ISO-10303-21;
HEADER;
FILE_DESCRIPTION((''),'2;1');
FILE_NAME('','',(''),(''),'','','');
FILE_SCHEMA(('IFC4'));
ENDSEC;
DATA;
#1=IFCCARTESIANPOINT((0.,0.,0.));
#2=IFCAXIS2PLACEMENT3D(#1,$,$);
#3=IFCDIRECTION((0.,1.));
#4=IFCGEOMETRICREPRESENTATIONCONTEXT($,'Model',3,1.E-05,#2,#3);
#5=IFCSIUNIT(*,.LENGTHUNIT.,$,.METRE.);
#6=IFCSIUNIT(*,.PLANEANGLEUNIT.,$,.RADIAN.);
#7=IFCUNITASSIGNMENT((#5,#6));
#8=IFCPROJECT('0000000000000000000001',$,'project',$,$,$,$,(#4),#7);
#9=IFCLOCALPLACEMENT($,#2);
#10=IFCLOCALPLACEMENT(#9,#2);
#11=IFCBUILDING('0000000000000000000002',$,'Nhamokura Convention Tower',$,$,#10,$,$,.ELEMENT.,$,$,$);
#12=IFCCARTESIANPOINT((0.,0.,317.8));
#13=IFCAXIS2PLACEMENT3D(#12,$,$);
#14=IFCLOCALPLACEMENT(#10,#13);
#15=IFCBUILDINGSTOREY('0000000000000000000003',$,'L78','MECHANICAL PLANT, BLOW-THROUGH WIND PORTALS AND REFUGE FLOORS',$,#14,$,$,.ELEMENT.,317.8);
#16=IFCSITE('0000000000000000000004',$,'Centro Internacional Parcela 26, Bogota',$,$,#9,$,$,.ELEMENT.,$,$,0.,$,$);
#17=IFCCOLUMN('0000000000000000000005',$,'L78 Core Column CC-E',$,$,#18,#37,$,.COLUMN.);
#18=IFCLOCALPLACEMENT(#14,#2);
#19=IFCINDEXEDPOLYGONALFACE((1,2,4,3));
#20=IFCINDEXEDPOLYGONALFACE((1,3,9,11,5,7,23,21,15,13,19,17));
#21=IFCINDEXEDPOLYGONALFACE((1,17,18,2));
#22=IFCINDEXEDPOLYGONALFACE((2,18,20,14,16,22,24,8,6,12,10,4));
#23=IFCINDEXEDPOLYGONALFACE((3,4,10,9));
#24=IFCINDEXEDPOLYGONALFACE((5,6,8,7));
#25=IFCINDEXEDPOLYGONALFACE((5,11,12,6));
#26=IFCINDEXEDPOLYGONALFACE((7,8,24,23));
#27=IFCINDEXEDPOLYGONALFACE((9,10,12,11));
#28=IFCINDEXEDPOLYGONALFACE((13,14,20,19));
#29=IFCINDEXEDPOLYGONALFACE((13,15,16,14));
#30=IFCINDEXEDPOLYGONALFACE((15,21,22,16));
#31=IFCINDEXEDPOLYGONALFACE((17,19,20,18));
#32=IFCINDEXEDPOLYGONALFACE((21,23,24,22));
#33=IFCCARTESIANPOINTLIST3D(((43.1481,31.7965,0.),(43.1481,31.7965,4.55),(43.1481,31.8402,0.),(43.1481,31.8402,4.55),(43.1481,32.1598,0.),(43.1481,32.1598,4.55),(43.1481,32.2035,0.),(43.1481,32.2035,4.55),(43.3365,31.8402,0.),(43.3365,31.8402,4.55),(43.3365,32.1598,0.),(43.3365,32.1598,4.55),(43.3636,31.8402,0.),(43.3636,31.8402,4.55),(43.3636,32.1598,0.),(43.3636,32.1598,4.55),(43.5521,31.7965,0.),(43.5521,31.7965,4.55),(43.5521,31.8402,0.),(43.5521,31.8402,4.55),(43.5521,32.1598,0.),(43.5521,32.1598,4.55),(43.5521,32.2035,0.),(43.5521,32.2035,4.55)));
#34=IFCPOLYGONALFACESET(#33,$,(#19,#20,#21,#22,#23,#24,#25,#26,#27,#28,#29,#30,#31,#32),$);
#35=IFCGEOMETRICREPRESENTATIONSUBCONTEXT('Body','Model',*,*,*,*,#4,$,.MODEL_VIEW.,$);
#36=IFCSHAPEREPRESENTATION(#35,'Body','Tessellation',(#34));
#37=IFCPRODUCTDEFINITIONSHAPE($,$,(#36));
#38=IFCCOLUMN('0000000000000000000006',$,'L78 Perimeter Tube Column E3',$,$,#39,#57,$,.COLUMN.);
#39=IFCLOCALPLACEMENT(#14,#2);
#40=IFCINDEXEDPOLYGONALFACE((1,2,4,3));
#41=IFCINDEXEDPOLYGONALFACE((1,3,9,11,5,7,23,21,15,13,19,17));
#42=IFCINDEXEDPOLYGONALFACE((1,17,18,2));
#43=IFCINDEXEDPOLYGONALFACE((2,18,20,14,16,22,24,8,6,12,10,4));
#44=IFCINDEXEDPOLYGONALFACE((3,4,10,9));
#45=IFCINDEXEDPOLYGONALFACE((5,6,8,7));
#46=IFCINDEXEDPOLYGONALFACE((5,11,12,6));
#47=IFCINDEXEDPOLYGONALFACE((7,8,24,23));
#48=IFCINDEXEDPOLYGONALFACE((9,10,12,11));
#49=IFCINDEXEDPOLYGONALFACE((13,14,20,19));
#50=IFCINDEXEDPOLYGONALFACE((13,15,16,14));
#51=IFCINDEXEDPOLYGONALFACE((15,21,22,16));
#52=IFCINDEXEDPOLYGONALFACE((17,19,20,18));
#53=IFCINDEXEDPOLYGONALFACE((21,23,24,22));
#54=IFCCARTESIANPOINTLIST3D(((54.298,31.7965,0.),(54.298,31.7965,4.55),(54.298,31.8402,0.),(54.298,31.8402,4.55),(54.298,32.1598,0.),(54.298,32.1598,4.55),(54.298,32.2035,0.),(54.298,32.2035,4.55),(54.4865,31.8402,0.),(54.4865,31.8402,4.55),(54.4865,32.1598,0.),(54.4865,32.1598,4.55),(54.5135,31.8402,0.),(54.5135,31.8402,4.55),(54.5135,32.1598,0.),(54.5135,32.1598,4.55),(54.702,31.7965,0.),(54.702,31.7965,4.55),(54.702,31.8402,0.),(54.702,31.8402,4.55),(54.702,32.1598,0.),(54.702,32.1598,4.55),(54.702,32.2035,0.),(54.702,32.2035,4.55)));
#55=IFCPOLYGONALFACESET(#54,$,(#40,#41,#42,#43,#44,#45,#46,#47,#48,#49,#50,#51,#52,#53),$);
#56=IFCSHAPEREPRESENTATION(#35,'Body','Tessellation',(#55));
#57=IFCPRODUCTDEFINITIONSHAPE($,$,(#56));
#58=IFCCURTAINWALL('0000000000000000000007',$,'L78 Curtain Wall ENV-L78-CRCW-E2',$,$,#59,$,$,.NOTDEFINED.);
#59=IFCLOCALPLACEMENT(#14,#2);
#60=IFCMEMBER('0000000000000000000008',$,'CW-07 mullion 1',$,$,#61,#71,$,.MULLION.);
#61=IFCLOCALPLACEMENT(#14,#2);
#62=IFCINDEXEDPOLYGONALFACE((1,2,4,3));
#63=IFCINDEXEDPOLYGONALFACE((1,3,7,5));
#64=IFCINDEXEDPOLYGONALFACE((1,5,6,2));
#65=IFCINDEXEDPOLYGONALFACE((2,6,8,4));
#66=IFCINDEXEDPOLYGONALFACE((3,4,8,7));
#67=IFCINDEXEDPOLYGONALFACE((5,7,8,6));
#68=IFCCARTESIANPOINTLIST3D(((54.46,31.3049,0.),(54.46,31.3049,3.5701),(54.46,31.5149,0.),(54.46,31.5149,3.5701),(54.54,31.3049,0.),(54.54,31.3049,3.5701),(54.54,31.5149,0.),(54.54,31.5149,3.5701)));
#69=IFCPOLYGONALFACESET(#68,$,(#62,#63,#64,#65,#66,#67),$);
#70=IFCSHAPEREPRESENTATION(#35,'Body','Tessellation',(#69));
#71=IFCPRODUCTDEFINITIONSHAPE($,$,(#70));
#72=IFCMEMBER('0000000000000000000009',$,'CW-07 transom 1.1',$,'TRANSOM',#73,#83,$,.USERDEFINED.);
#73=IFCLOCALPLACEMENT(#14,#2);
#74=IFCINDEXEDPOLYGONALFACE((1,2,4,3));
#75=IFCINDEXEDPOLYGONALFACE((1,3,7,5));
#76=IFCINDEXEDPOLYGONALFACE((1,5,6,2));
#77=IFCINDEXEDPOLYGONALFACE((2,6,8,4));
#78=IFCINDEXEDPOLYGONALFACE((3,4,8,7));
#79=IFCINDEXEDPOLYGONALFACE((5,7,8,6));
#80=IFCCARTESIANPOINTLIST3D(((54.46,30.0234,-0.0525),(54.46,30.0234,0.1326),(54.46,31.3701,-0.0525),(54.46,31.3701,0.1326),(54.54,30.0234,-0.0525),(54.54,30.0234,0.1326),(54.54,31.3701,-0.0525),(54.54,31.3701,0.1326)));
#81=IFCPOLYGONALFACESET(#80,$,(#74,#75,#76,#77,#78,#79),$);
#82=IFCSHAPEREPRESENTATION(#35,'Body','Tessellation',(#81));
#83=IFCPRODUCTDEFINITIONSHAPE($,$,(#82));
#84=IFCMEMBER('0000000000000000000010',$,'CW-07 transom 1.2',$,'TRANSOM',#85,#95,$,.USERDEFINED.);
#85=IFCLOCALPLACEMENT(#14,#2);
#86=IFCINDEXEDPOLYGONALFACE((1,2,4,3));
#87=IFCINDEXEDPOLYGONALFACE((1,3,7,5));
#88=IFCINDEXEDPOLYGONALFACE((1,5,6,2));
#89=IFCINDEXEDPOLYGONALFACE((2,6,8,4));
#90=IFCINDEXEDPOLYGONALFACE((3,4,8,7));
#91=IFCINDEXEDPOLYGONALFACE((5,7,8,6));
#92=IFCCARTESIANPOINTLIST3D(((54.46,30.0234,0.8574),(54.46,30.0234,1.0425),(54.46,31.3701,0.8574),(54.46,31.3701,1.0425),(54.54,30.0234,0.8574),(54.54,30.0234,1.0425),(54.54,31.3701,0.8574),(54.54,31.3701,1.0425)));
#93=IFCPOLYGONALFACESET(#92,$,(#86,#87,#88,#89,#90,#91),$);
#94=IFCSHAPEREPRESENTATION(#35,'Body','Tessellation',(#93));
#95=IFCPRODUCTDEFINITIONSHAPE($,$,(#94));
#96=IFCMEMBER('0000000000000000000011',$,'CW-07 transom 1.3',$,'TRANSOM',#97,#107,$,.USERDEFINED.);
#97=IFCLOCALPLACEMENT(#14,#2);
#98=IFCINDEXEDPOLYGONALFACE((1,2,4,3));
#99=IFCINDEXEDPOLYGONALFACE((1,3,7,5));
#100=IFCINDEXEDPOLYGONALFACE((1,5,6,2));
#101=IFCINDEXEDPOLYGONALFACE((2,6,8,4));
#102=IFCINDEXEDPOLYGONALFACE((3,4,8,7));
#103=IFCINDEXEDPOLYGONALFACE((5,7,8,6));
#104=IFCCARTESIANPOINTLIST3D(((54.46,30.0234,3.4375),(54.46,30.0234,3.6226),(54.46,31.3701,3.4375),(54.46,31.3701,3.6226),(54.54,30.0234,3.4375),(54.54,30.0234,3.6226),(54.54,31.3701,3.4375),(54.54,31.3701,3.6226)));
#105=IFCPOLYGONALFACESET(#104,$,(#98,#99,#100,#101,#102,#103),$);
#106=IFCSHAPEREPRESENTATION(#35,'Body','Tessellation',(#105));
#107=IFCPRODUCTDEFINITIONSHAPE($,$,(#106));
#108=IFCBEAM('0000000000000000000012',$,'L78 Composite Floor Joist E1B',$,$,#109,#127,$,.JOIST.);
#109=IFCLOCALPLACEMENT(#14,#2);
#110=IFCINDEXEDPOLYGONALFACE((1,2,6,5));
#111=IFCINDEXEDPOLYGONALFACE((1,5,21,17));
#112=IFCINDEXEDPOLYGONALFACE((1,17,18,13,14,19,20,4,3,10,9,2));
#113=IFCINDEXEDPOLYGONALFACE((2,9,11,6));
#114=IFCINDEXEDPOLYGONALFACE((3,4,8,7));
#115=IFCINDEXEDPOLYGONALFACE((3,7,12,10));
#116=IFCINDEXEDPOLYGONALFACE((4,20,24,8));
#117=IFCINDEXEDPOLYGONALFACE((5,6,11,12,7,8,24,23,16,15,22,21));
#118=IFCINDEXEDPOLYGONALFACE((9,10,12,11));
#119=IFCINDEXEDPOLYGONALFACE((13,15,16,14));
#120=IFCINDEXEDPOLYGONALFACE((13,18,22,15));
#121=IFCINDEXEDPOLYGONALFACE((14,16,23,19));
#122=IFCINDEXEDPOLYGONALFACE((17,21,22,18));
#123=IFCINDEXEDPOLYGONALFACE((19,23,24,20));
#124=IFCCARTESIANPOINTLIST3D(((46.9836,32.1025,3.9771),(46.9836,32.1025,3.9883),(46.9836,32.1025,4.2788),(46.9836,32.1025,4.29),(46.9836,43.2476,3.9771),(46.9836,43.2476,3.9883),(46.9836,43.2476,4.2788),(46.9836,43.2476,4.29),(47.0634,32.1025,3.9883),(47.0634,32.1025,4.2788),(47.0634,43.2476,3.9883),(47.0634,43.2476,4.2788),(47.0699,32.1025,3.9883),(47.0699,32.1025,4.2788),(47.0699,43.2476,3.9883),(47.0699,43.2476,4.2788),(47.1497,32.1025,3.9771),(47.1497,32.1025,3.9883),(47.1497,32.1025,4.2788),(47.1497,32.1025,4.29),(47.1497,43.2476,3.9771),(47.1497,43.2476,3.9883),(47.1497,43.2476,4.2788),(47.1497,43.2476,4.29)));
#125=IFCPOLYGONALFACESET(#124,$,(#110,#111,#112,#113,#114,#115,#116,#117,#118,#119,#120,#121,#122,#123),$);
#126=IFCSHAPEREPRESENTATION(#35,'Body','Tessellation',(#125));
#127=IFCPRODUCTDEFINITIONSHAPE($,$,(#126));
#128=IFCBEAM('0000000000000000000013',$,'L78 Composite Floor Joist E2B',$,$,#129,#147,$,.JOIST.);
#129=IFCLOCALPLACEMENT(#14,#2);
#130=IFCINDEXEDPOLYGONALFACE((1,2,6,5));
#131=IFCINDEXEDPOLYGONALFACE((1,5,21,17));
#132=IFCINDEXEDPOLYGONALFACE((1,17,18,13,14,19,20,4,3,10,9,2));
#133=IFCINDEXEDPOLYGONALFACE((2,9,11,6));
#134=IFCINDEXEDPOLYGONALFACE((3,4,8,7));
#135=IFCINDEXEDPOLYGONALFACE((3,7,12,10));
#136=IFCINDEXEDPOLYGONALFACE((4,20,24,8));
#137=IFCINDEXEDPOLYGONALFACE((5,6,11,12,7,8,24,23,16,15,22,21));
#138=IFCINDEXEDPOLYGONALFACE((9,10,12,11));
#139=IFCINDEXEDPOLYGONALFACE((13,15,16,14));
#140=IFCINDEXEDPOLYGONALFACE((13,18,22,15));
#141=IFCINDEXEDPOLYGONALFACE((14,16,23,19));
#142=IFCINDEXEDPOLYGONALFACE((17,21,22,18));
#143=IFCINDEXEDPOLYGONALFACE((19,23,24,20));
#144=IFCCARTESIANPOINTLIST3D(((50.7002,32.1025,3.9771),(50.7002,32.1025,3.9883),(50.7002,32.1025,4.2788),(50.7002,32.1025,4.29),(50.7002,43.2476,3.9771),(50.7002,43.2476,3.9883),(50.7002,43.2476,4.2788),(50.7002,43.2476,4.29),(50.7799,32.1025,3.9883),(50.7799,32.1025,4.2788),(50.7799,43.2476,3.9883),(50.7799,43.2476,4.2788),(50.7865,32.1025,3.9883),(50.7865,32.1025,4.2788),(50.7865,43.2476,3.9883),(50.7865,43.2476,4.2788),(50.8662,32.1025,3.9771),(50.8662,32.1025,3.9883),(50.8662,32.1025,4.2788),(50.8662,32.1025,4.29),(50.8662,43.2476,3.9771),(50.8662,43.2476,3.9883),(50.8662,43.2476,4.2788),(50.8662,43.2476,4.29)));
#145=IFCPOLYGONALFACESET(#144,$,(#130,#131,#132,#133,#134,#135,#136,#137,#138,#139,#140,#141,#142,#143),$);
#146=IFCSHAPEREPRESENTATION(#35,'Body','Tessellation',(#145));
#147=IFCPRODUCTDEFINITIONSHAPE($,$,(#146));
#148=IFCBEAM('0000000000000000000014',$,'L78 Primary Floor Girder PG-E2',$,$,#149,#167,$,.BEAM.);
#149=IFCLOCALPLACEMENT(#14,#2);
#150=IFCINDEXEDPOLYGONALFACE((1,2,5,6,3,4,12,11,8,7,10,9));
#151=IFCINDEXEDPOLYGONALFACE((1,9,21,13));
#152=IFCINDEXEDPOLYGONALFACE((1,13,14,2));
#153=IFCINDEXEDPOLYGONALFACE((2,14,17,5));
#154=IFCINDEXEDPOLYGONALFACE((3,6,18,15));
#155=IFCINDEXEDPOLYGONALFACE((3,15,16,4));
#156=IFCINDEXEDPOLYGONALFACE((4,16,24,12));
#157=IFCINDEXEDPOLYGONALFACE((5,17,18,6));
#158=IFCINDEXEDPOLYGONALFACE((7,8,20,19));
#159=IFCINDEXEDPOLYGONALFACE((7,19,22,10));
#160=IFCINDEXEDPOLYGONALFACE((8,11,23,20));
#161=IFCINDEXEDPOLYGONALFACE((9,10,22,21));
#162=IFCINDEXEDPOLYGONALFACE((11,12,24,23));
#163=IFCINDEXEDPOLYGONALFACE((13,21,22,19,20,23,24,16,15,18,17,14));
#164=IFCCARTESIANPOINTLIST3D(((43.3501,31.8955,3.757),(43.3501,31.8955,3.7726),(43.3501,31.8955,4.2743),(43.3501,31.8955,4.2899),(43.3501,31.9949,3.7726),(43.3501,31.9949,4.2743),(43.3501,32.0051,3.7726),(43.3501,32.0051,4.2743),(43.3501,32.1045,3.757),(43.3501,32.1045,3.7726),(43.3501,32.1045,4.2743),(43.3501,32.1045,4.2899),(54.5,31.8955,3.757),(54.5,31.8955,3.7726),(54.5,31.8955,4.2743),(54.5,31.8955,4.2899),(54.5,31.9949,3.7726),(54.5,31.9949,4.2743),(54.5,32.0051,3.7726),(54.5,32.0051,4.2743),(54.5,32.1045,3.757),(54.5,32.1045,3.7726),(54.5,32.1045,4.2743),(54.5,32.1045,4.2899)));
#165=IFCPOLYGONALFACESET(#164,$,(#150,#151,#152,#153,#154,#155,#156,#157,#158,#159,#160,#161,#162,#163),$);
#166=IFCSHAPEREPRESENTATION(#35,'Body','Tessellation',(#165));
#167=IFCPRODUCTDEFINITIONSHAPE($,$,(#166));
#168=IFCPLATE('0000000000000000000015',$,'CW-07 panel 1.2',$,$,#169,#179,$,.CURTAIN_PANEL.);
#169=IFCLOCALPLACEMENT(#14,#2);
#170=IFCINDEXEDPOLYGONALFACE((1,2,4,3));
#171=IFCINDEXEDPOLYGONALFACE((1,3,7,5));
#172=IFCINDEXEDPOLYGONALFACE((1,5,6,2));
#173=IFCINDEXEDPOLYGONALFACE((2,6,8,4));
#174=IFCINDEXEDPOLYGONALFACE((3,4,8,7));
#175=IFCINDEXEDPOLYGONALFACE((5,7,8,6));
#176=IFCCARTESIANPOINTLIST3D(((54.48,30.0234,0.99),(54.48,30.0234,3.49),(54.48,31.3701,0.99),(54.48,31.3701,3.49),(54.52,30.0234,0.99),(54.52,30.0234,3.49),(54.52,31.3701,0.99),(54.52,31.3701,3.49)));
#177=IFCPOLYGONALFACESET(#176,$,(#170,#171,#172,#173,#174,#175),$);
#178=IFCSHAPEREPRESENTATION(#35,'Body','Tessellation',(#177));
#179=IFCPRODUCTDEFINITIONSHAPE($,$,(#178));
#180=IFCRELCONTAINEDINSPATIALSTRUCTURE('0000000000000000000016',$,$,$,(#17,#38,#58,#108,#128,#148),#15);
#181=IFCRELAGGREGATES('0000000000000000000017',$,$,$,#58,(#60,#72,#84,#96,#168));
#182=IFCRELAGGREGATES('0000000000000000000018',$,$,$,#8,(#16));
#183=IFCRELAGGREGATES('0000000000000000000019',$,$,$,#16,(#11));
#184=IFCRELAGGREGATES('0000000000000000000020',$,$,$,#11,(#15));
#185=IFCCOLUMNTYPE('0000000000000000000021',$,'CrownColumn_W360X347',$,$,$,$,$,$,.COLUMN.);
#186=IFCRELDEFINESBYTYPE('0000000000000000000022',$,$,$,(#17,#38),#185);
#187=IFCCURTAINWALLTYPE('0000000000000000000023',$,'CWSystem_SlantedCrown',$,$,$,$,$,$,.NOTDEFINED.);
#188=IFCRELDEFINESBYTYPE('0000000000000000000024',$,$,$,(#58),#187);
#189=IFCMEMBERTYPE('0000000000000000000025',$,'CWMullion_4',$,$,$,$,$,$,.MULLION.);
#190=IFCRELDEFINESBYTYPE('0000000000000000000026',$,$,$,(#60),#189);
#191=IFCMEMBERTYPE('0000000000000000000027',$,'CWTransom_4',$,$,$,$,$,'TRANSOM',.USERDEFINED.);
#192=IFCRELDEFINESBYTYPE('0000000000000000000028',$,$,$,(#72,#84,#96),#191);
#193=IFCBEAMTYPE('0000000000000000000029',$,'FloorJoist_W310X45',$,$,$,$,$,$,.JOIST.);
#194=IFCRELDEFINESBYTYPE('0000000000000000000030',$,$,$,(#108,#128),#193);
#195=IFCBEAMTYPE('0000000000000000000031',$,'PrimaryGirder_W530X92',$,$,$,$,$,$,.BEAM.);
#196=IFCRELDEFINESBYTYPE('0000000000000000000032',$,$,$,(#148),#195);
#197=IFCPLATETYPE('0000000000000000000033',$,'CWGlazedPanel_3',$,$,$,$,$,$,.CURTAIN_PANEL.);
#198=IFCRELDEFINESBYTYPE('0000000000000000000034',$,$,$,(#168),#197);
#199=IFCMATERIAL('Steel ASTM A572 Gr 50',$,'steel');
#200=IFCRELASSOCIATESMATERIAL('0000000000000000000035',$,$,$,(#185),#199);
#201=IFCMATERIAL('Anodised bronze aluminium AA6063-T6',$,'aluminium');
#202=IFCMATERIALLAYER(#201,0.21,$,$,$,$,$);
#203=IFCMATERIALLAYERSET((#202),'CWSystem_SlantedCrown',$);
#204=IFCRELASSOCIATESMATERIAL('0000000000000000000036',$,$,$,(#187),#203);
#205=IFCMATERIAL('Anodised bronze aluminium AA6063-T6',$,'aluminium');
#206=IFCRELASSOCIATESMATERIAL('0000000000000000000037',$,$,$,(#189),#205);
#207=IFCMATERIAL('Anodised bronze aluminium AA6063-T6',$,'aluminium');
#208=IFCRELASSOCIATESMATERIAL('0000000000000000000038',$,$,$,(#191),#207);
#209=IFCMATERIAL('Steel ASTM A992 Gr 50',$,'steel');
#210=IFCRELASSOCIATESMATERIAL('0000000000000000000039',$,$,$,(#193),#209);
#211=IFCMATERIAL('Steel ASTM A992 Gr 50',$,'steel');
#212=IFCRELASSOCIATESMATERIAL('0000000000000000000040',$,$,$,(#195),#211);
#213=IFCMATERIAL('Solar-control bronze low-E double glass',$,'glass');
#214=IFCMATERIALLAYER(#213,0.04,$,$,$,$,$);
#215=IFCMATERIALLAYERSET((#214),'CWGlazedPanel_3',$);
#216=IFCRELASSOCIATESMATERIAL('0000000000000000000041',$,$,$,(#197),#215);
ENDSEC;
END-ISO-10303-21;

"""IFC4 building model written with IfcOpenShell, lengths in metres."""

from ifc_helpers import new_model, si_unit, direction, frame, origin, origin_2d, place, context, subcontext, project, spatial, rectangle, i_section, extrude, material, layer, layer_set, material_profile, profile_set, type_object, element, aggregate, save


model = new_model("IFC4")

# Units and contexts
model_context = context("Model", 3, precision=1e-05, world=origin(), true_north=direction((0.0, 1.0)))
body_context = subcontext(model_context, "Body", "Model", "MODEL_VIEW")
ifc_project = project(units=[si_unit("LENGTHUNIT", "METRE"), si_unit("PLANEANGLEUNIT", "RADIAN")], contexts=[model_context])

# Site, building, storey
site_placement = place(None, origin())
site = spatial("IfcSite", under=ifc_project, at=site_placement, Name="Centro Internacional Parcela 26, Bogota", CompositionType="ELEMENT", RefElevation=0.0)
building_placement = place(site_placement, origin())
building = spatial("IfcBuilding", under=site, at=building_placement, Name="Nhamokura Convention Tower", CompositionType="ELEMENT")
storey_placement = place(building_placement, frame((0.0, 0.0, 317.8)))
storey = spatial("IfcBuildingStorey", under=building, at=storey_placement, Name="L78", Description="MECHANICAL PLANT, BLOW-THROUGH WIND PORTALS AND REFUGE FLOORS", CompositionType="ELEMENT", Elevation=317.8)

# Columns
ifc_material_1 = material(Name="Steel ASTM A572 Gr 50", Category="steel")
ifc_material_profile_1 = material_profile(ifc_material_1, i_section(OverallWidth=0.4041, OverallDepth=0.407, WebThickness=0.0271, FlangeThickness=0.0437, at=origin_2d()))
ifc_profile_set_1 = profile_set([ifc_material_profile_1], Name="Steel ASTM A572 Gr 50")
column_type = type_object("IfcColumnType", Name="CrownColumn_W360X347", PredefinedType="COLUMN", material=ifc_profile_set_1)
for number, where, z_axis, x_axis, name in (
    (1, (43.3501, 32.0, 0.0), (0.0, 0.0, 1.0), (1.0, 0.0, 0.0), "L78 Core Column CC-E"),
    (2, (54.5, 32.0, 0.0), (0.0, 0.0, 1.0), (1.0, 0.0, 0.0), "L78 Perimeter Tube Column E3"),
):
    element("IfcColumn", number, at=place(storey_placement, frame(where, z_axis=z_axis, x_axis=x_axis)), inside=storey, type_object=column_type, Name=name, PredefinedType="COLUMN", context=body_context, shape_type="SweptSolid", body=[
        extrude(i_section(OverallWidth=0.4041, OverallDepth=0.407, WebThickness=0.0271, FlangeThickness=0.0437, at=origin_2d()), origin(), (0.0, 0.0, 1.0), 4.55),
    ])

# Curtain wall, members
ifc_material_2 = material(Name="Anodised bronze aluminium AA6063-T6", Category="aluminium")
ifc_layer_1 = layer(ifc_material_2, 0.21)
ifc_layer_set_1 = layer_set([ifc_layer_1], Name="CWSystem_SlantedCrown")
curtain_wall_type = type_object("IfcCurtainWallType", Name="CWSystem_SlantedCrown", PredefinedType="NOTDEFINED", material=ifc_layer_set_1)
curtain_wall_placement = place(storey_placement, origin())
curtain_wall = element("IfcCurtainWall", 3, at=curtain_wall_placement, inside=storey, type_object=curtain_wall_type, Name="L78 Curtain Wall ENV-L78-CRCW-E2", PredefinedType="NOTDEFINED")
ifc_material_3 = material(Name="Anodised bronze aluminium AA6063-T6", Category="aluminium")
ifc_material_profile_2 = material_profile(ifc_material_3, rectangle(XDim=0.0801, YDim=0.21, at=origin_2d()))
ifc_profile_set_2 = profile_set([ifc_material_profile_2], Name="Anodised bronze aluminium AA6063-T6")
member_type_1 = type_object("IfcMemberType", Name="CWMullion_4", PredefinedType="MULLION", material=ifc_profile_set_2)
member_1_placement = place(storey_placement, frame((54.5, 31.4099, 0.0), z_axis=(0.0, 0.0, 1.0), x_axis=(1.0, 0.0, 0.0)))
member_1 = element("IfcMember", 4, at=member_1_placement, type_object=member_type_1, Name="CW-07 mullion 1", PredefinedType="MULLION", context=body_context, shape_type="SweptSolid", body=[
    extrude(rectangle(XDim=0.0801, YDim=0.21, at=origin_2d()), origin(), (0.0, 0.0, 1.0), 3.5701),
])
ifc_material_4 = material(Name="Anodised bronze aluminium AA6063-T6", Category="aluminium")
ifc_material_profile_3 = material_profile(ifc_material_4, rectangle(XDim=0.0801, YDim=0.1851, at=origin_2d()))
ifc_profile_set_3 = profile_set([ifc_material_profile_3], Name="Anodised bronze aluminium AA6063-T6")
member_type_2 = type_object("IfcMemberType", Name="CWTransom_4", ElementType="TRANSOM", PredefinedType="USERDEFINED", material=ifc_profile_set_3)
member_2_placement = place(storey_placement, frame((54.5, 31.3701, 0.04), z_axis=(0.0, -1.0, 0.0), x_axis=(1.0, 0.0, 0.0)))
member_2 = element("IfcMember", 5, at=member_2_placement, type_object=member_type_2, Name="CW-07 transom 1.1", ObjectType="TRANSOM", PredefinedType="USERDEFINED", context=body_context, shape_type="SweptSolid", body=[
    extrude(rectangle(XDim=0.0801, YDim=0.1851, at=origin_2d()), origin(), (0.0, 0.0, 1.0), 1.3467),
])
member_3_placement = place(storey_placement, frame((54.5, 31.3701, 0.95), z_axis=(0.0, -1.0, 0.0), x_axis=(1.0, 0.0, 0.0)))
member_3 = element("IfcMember", 6, at=member_3_placement, type_object=member_type_2, Name="CW-07 transom 1.2", ObjectType="TRANSOM", PredefinedType="USERDEFINED", context=body_context, shape_type="SweptSolid", body=[
    extrude(rectangle(XDim=0.0801, YDim=0.1851, at=origin_2d()), origin(), (0.0, 0.0, 1.0), 1.3467),
])
member_4_placement = place(storey_placement, frame((54.5, 31.3701, 3.53), z_axis=(0.0, -1.0, 0.0), x_axis=(1.0, 0.0, 0.0)))
member_4 = element("IfcMember", 7, at=member_4_placement, type_object=member_type_2, Name="CW-07 transom 1.3", ObjectType="TRANSOM", PredefinedType="USERDEFINED", context=body_context, shape_type="SweptSolid", body=[
    extrude(rectangle(XDim=0.0801, YDim=0.1851, at=origin_2d()), origin(), (0.0, 0.0, 1.0), 1.3467),
])

# Beams
ifc_material_5 = material(Name="Steel ASTM A992 Gr 50", Category="steel")
ifc_material_profile_4 = material_profile(ifc_material_5, i_section(OverallWidth=0.166, OverallDepth=0.313, WebThickness=0.0066, FlangeThickness=0.0112, at=origin_2d()))
ifc_profile_set_4 = profile_set([ifc_material_profile_4], Name="Steel ASTM A992 Gr 50")
beam_type_1 = type_object("IfcBeamType", Name="FloorJoist_W310X45", PredefinedType="JOIST", material=ifc_profile_set_4)
for number, where, z_axis, x_axis, name in (
    (8, (47.0667, 32.1025, 4.1335), (0.0, 1.0, 0.0), (-1.0, 0.0, 0.0), "L78 Composite Floor Joist E1B"),
    (9, (50.7832, 32.1025, 4.1335), (0.0, 1.0, 0.0), (-1.0, 0.0, 0.0), "L78 Composite Floor Joist E2B"),
):
    element("IfcBeam", number, at=place(storey_placement, frame(where, z_axis=z_axis, x_axis=x_axis)), inside=storey, type_object=beam_type_1, Name=name, PredefinedType="JOIST", context=body_context, shape_type="SweptSolid", body=[
        extrude(i_section(OverallWidth=0.166, OverallDepth=0.313, WebThickness=0.0066, FlangeThickness=0.0112, at=origin_2d()), origin(), (0.0, 0.0, 1.0), 11.145),
    ])
ifc_material_6 = material(Name="Steel ASTM A992 Gr 50", Category="steel")
ifc_material_profile_5 = material_profile(ifc_material_6, i_section(OverallWidth=0.209, OverallDepth=0.533, WebThickness=0.0103, FlangeThickness=0.0156, at=origin_2d()))
ifc_profile_set_5 = profile_set([ifc_material_profile_5], Name="Steel ASTM A992 Gr 50")
beam_type_2 = type_object("IfcBeamType", Name="PrimaryGirder_W530X92", PredefinedType="BEAM", material=ifc_profile_set_5)
beam_placement = place(storey_placement, frame((43.3501, 32.0, 4.0234), z_axis=(1.0, 0.0, 0.0), x_axis=(0.0, 1.0, 0.0)))
element("IfcBeam", 10, at=beam_placement, inside=storey, type_object=beam_type_2, Name="L78 Primary Floor Girder PG-E2", PredefinedType="BEAM", context=body_context, shape_type="SweptSolid", body=[
    extrude(i_section(OverallWidth=0.209, OverallDepth=0.533, WebThickness=0.0103, FlangeThickness=0.0156, at=origin_2d()), origin(), (0.0, 0.0, 1.0), 11.1499),
])

# Plate
ifc_material_7 = material(Name="Solar-control bronze low-E double glass", Category="glass")
ifc_layer_2 = layer(ifc_material_7, 0.04)
ifc_layer_set_2 = layer_set([ifc_layer_2], Name="CWGlazedPanel_3")
plate_type = type_object("IfcPlateType", Name="CWGlazedPanel_3", PredefinedType="CURTAIN_PANEL", material=ifc_layer_set_2)
plate_placement = place(storey_placement, frame((54.5, 30.6968, 0.99), z_axis=(0.0, 0.0, 1.0), x_axis=(0.0, -1.0, 0.0)))
plate = element("IfcPlate", 11, at=plate_placement, type_object=plate_type, Name="CW-07 panel 1.2", PredefinedType="CURTAIN_PANEL", context=body_context, shape_type="SweptSolid", body=[
    extrude(rectangle(XDim=1.3467, YDim=0.04, at=origin_2d()), origin(), (0.0, 0.0, 1.0), 2.5),
])
aggregate(curtain_wall, [member_1, member_2, member_3, member_4, plate])

save(model, "model.ifc")
